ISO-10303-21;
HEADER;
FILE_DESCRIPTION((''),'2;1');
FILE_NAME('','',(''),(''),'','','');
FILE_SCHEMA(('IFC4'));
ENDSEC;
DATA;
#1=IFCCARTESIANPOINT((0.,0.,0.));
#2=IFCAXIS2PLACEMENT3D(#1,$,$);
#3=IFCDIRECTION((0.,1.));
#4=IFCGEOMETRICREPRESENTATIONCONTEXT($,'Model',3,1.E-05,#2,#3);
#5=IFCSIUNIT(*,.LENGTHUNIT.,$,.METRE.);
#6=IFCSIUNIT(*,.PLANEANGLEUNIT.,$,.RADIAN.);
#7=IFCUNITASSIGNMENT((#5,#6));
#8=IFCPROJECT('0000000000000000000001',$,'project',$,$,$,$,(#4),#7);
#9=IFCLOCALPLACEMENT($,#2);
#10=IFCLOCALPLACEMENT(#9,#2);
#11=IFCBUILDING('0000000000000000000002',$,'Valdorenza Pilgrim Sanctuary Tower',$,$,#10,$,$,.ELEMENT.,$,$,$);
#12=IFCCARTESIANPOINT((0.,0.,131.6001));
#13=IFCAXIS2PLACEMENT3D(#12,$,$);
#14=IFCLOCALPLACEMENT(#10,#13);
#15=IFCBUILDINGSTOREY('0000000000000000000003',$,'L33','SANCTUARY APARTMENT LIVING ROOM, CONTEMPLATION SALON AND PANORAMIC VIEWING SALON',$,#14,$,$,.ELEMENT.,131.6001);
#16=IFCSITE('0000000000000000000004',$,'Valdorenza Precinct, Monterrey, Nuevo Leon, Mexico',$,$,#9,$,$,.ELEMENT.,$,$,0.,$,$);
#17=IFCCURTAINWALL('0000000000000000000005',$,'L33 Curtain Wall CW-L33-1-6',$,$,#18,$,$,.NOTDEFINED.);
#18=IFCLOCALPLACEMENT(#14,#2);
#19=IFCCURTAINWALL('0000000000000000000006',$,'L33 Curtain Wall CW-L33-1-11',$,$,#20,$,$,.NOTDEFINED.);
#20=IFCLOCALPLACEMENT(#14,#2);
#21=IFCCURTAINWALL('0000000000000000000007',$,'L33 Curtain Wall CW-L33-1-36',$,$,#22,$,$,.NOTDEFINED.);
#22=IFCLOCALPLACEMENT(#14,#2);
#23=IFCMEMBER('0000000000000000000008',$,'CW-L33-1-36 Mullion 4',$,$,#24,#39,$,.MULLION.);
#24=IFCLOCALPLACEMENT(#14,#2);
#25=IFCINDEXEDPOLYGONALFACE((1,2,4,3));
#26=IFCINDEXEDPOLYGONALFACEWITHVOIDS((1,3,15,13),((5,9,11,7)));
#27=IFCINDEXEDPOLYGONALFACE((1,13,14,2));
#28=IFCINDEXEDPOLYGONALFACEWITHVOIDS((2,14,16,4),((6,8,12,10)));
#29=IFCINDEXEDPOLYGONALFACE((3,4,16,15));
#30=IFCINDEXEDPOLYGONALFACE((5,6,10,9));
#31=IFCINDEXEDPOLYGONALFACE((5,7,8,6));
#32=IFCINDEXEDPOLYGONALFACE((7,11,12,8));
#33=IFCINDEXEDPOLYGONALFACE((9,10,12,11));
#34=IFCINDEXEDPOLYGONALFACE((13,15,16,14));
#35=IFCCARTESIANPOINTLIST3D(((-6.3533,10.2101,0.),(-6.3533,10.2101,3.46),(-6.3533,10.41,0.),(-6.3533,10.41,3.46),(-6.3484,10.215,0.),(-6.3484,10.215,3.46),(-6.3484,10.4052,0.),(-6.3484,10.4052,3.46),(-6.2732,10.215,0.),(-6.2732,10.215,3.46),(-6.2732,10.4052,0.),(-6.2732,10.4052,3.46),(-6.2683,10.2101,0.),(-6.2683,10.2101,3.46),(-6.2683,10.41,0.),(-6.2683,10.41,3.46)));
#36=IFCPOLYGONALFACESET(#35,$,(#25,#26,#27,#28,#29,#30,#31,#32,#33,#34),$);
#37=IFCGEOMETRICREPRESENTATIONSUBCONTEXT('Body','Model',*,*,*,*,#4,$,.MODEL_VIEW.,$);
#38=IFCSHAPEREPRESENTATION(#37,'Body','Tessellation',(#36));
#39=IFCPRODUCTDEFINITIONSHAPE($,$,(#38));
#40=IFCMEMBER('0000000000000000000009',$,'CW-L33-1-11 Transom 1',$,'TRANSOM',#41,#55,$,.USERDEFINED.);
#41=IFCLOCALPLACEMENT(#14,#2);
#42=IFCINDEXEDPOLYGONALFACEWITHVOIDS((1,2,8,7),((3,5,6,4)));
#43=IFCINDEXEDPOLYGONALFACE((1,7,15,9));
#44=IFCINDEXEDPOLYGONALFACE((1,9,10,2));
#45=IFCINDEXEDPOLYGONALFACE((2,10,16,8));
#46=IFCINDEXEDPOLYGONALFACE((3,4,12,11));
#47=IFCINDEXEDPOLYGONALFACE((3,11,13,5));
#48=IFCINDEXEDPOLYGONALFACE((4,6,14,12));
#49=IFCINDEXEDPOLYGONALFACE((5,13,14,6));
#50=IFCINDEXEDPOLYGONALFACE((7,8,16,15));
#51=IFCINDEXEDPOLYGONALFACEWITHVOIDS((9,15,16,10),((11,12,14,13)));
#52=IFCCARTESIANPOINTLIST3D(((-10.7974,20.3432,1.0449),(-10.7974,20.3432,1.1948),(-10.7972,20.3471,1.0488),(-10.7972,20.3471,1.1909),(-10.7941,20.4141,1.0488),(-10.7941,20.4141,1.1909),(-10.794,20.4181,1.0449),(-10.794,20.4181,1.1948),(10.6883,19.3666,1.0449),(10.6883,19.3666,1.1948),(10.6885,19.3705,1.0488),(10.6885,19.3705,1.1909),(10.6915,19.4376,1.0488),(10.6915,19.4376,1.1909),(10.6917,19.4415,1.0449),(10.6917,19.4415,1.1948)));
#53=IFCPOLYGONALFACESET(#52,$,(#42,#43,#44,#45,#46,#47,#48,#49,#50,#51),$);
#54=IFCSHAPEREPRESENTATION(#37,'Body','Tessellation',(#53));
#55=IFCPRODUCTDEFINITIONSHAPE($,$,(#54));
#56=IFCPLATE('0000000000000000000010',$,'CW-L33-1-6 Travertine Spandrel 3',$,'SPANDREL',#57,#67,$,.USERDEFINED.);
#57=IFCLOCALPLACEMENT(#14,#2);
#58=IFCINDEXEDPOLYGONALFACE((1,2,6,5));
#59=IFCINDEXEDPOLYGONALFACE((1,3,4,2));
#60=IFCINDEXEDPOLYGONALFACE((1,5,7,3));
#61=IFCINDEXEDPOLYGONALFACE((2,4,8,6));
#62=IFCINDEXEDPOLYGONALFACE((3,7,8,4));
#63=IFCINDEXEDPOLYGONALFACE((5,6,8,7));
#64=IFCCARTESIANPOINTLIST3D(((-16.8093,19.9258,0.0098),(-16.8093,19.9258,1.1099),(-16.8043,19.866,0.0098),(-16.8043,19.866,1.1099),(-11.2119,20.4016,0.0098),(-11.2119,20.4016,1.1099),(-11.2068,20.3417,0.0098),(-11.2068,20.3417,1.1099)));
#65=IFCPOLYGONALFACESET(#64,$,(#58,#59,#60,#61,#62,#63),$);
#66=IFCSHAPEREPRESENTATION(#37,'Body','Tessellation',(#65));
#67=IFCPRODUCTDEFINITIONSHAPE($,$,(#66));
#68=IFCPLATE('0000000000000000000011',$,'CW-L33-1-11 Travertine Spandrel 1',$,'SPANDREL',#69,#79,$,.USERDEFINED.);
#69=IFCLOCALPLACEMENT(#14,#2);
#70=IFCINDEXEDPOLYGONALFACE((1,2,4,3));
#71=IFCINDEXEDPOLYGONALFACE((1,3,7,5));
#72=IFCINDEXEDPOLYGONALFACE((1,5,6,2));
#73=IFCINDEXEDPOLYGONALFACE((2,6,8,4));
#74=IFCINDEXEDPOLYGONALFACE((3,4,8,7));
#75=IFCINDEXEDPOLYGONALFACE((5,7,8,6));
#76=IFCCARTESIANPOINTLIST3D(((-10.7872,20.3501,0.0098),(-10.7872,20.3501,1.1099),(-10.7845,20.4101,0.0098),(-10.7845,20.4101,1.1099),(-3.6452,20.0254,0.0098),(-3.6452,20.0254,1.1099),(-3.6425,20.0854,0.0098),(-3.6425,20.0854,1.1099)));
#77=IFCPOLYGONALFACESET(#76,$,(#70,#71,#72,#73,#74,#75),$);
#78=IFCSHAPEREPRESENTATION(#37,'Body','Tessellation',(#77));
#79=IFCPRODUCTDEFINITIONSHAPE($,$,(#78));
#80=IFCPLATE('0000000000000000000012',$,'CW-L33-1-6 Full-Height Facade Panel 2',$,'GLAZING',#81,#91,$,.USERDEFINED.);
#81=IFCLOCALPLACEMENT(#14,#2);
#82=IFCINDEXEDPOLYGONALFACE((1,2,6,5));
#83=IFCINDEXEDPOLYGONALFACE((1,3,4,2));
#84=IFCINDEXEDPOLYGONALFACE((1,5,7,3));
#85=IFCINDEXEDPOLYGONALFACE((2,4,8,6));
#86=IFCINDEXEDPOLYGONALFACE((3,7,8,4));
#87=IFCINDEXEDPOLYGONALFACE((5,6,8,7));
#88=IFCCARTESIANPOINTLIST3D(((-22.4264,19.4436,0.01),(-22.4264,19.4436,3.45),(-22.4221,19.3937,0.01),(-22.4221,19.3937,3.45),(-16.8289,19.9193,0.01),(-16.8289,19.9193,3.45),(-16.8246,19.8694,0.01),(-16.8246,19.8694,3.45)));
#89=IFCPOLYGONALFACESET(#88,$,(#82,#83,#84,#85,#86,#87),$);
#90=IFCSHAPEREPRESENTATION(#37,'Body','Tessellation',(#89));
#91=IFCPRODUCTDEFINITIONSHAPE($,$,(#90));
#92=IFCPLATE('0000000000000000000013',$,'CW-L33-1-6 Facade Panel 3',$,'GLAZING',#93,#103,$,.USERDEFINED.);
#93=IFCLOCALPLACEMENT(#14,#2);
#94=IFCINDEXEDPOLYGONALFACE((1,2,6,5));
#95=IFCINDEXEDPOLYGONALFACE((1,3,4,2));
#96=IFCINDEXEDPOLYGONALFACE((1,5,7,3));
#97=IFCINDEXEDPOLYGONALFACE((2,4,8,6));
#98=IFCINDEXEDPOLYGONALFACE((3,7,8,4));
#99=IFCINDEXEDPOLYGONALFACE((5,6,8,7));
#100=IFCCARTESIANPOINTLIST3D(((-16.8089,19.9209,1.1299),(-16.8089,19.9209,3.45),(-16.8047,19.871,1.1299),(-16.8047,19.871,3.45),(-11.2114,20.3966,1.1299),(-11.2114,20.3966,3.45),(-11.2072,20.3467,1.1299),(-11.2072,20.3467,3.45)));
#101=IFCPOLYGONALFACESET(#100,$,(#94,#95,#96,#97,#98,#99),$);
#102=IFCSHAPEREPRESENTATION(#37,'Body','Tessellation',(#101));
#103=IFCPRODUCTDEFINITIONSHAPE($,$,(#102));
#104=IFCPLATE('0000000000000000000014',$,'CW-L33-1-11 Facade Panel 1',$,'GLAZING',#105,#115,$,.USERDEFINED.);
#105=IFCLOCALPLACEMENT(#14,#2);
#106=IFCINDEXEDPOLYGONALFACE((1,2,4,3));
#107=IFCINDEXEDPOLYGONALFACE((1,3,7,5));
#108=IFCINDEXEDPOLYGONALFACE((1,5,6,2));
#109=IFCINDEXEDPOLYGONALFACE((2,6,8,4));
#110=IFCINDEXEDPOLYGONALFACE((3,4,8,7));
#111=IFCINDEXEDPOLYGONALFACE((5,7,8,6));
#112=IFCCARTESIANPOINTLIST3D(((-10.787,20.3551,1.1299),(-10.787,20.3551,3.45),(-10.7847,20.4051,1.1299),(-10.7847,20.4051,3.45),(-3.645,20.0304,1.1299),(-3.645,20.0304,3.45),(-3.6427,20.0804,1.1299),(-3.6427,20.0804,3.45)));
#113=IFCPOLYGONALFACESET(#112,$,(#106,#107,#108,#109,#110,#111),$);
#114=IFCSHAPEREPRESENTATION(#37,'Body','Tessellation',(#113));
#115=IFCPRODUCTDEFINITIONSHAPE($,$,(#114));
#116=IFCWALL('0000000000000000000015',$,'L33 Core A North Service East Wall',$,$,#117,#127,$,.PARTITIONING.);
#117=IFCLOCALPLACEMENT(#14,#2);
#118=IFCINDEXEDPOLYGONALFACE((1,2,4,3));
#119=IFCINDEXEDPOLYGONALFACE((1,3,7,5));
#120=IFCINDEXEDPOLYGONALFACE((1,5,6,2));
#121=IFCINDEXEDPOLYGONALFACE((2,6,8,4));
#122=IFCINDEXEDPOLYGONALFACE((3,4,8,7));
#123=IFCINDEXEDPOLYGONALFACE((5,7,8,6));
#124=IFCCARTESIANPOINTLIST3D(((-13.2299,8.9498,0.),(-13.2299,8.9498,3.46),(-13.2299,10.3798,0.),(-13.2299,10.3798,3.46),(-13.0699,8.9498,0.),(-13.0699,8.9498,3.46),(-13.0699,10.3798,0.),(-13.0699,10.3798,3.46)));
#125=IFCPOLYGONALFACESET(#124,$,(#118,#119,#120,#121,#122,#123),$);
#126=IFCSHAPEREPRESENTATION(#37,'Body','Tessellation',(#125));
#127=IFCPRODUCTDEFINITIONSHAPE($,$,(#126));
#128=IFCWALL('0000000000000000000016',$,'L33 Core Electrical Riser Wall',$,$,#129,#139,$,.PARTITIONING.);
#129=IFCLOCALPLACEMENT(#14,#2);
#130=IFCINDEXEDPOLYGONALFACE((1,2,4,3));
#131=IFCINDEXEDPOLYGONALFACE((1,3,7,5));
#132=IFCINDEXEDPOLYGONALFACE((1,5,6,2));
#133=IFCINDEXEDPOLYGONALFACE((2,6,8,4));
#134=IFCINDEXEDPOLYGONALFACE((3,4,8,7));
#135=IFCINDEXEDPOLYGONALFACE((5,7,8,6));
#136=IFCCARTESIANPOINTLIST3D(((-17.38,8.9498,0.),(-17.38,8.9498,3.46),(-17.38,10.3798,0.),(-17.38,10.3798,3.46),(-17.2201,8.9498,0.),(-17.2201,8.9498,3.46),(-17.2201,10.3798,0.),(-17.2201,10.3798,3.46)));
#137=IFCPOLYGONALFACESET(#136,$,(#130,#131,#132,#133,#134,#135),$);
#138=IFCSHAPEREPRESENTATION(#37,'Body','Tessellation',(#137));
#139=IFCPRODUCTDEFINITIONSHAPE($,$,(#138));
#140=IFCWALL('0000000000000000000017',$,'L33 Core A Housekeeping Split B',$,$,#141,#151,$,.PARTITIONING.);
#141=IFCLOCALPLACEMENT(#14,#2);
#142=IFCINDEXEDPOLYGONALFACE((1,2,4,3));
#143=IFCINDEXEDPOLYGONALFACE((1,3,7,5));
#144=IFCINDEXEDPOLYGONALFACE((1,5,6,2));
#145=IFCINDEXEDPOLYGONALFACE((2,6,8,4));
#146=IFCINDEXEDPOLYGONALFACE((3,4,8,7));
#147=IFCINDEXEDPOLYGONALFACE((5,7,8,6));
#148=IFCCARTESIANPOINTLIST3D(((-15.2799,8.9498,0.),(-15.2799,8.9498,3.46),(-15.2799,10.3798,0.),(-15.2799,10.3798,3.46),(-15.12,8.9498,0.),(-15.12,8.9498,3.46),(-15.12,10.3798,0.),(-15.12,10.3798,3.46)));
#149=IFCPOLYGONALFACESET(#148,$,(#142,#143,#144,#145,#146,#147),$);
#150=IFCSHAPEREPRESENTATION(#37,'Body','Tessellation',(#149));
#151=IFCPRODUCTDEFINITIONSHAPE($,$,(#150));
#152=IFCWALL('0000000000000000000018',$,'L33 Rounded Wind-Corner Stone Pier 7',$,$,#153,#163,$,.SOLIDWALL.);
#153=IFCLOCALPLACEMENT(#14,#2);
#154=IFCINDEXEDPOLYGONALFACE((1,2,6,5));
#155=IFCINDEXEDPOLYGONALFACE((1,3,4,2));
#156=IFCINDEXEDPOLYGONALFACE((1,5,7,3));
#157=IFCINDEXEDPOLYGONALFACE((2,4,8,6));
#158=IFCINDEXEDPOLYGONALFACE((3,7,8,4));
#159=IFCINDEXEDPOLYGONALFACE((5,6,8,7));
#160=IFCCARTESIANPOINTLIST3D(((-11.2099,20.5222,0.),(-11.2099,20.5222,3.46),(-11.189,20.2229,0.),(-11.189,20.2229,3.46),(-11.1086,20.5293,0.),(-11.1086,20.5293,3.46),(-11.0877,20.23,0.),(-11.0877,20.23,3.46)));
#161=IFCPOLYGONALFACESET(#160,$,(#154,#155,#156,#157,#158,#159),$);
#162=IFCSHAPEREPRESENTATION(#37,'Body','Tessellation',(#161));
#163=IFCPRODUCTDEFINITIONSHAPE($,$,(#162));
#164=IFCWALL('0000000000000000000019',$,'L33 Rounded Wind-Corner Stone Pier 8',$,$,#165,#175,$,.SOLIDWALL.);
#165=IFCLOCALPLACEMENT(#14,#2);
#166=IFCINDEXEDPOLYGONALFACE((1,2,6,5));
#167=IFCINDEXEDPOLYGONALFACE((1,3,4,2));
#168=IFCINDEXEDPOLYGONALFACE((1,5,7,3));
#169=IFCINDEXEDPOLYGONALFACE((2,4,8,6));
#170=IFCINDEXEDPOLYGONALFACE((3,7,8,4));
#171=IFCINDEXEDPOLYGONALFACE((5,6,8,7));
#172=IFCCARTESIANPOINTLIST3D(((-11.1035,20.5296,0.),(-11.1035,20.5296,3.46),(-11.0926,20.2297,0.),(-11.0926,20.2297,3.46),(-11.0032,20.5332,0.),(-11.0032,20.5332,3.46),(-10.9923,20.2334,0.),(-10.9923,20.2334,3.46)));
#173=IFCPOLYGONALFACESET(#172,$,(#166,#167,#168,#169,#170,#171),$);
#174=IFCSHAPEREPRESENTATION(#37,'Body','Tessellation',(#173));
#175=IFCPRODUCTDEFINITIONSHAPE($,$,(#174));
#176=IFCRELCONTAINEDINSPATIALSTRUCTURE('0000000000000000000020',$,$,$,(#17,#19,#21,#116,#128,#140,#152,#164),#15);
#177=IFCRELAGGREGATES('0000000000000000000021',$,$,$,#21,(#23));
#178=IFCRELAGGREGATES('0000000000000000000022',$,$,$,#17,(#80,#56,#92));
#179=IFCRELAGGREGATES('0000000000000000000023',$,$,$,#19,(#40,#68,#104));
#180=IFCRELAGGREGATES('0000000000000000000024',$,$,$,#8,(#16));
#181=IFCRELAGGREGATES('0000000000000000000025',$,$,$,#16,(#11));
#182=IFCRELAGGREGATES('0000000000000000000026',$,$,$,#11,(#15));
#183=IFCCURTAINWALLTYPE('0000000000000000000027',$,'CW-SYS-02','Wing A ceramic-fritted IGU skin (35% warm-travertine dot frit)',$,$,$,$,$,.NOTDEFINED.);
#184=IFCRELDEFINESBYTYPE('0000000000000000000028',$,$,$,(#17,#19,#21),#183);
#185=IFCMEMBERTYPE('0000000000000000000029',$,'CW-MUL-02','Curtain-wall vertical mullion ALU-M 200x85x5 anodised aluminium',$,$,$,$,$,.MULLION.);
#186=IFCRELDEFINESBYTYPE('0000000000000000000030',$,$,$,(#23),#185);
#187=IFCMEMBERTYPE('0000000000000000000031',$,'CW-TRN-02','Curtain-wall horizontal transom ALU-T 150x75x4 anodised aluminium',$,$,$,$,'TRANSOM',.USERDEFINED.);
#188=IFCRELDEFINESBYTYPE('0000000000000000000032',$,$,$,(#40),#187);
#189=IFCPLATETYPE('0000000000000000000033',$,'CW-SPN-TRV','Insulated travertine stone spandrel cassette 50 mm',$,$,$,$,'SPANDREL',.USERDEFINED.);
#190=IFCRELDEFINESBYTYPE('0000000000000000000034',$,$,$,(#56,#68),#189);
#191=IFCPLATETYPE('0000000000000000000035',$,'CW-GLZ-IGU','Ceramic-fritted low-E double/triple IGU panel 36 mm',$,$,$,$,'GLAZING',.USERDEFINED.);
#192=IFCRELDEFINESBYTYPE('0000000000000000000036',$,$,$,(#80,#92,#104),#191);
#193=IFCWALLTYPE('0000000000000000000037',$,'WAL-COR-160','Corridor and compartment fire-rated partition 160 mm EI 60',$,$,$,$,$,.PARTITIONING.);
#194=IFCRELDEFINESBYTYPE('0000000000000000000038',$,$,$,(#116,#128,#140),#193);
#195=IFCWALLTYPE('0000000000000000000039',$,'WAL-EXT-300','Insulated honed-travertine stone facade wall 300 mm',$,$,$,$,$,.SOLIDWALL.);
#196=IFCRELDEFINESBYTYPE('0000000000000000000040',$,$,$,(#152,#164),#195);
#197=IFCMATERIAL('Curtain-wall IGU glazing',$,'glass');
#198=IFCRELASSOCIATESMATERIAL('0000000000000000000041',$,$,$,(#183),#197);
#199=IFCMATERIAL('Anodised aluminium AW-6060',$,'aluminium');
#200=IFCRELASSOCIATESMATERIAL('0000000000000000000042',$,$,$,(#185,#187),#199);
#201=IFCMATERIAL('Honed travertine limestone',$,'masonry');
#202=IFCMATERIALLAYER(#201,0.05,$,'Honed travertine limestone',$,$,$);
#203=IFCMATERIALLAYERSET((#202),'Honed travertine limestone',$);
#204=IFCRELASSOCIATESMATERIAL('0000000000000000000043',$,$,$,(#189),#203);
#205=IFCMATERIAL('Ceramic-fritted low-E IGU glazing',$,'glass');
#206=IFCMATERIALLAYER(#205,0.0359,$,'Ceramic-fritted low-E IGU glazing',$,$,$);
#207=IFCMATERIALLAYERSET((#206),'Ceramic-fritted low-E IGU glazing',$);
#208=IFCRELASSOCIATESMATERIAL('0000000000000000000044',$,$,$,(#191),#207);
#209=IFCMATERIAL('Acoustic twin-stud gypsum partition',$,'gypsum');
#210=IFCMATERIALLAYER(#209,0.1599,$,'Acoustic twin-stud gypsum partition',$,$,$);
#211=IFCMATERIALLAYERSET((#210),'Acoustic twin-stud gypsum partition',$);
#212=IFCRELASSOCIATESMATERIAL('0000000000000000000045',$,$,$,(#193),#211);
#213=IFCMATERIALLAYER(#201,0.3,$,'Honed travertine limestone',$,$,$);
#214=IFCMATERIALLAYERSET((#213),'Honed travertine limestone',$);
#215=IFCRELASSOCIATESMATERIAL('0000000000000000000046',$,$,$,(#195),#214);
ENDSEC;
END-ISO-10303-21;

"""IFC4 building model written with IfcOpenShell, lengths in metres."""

from ifc_helpers import new_model, si_unit, direction, frame, frame_2d, origin, origin_2d, place, context, subcontext, project, spatial, rectangle, hollow_rectangle, extrude, source, transform, mapped, material, layer, layer_set, material_profile, profile_set, type_object, element, aggregate, save


model = new_model("IFC4")

# Units and contexts
model_context = context("Model", 3, precision=1e-05, world=origin(), true_north=direction((0.0, 1.0)))
body_context = subcontext(model_context, "Body", "Model", "MODEL_VIEW")
ifc_project = project(units=[si_unit("LENGTHUNIT", "METRE"), si_unit("PLANEANGLEUNIT", "RADIAN")], contexts=[model_context])

# Site, building, storey
site_placement = place(None, origin())
site = spatial("IfcSite", under=ifc_project, at=site_placement, Name="Valdorenza Precinct, Monterrey, Nuevo Leon, Mexico", CompositionType="ELEMENT", RefElevation=0.0)
building_placement = place(site_placement, origin())
building = spatial("IfcBuilding", under=site, at=building_placement, Name="Valdorenza Pilgrim Sanctuary Tower", CompositionType="ELEMENT")
storey_placement = place(building_placement, frame((0.0, 0.0, 131.6001)))
storey = spatial("IfcBuildingStorey", under=building, at=storey_placement, Name="L33", Description="SANCTUARY APARTMENT LIVING ROOM, CONTEMPLATION SALON AND PANORAMIC VIEWING SALON", CompositionType="ELEMENT", Elevation=131.6001)

# Curtain wall
ifc_material_1 = material(Name="Curtain-wall IGU glazing", Category="glass")
curtain_wall_type = type_object("IfcCurtainWallType", Name="CW-SYS-02", Description="Wing A ceramic-fritted IGU skin (35% warm-travertine dot frit)", PredefinedType="NOTDEFINED", material=ifc_material_1)
curtain_wall_1_placement = place(storey_placement, origin())
curtain_wall_1 = element("IfcCurtainWall", 1, at=curtain_wall_1_placement, inside=storey, type_object=curtain_wall_type, Name="L33 Curtain Wall CW-L33-1-6", PredefinedType="NOTDEFINED")
ifc_material_2 = material(Name="Anodised aluminium AW-6060", Category="aluminium")
ifc_material_profile_1 = material_profile(ifc_material_2, hollow_rectangle(XDim=0.085, YDim=0.2, WallThickness=0.0049, at=origin_2d()), Name="ALU-M 200x85x5")
ifc_profile_set_1 = profile_set([ifc_material_profile_1], Name="Anodised aluminium AW-6060")
member_type_1 = type_object("IfcMemberType", Name="CW-MUL-02", Description="Curtain-wall vertical mullion ALU-M 200x85x5 anodised aluminium", PredefinedType="MULLION", material=ifc_profile_set_1)
shared_shape_1 = source(origin(), body_context, "Body", "SweptSolid", [
    extrude(hollow_rectangle(XDim=0.085, YDim=0.2, WallThickness=0.0049, at=origin_2d()), origin(), (0.0, 0.0, 1.0), 3.46),
])

# Curtain walls, member
curtain_wall_2_placement = place(storey_placement, origin())
curtain_wall_2 = element("IfcCurtainWall", 2, at=curtain_wall_2_placement, inside=storey, type_object=curtain_wall_type, Name="L33 Curtain Wall CW-L33-1-11", PredefinedType="NOTDEFINED")
curtain_wall_3_placement = place(storey_placement, origin())
curtain_wall_3 = element("IfcCurtainWall", 3, at=curtain_wall_3_placement, inside=storey, type_object=curtain_wall_type, Name="L33 Curtain Wall CW-L33-1-36", PredefinedType="NOTDEFINED")
member_1_placement = place(storey_placement, frame((-6.3108, 10.3101, 0.0), z_axis=(0.0, 0.0, 1.0), x_axis=(-1.0, 0.0, 0.0)))
member_1 = element("IfcMember", 4, at=member_1_placement, type_object=member_type_1, Name="CW-L33-1-36 Mullion 4", PredefinedType="MULLION", context=body_context, shape_type="MappedRepresentation", body=[
    mapped(shared_shape_1, transform((0.0, 0.0, 0.0), x_axis=(1.0, 0.0, 0.0), y_axis=(0.0, 1.0, 0.0), z_axis=(0.0, 0.0, 1.0), scale=1.0)),
])
aggregate(curtain_wall_3, [member_1])

# Member
ifc_material_profile_2 = material_profile(ifc_material_2, hollow_rectangle(XDim=0.075, YDim=0.1499, WallThickness=0.0039, at=origin_2d()), Name="ALU-T 150x75x4")
ifc_profile_set_2 = profile_set([ifc_material_profile_2], Name="Anodised aluminium AW-6060")
member_type_2 = type_object("IfcMemberType", Name="CW-TRN-02", Description="Curtain-wall horizontal transom ALU-T 150x75x4 anodised aluminium", ElementType="TRANSOM", PredefinedType="USERDEFINED", material=ifc_profile_set_2)
shared_shape_2 = source(origin(), body_context, "Body", "SweptSolid", [
    extrude(hollow_rectangle(XDim=0.075, YDim=0.1499, WallThickness=0.0039, at=origin_2d()), origin(), (0.0, 0.0, 1.0), 21.5078),
])
member_2_placement = place(storey_placement, frame((-10.7957, 20.3806, 1.1199), z_axis=(0.998969, -0.045405, 0.0), x_axis=(0.045405, 0.998969, 0.0)))
member_2 = element("IfcMember", 5, at=member_2_placement, type_object=member_type_2, Name="CW-L33-1-11 Transom 1", ObjectType="TRANSOM", PredefinedType="USERDEFINED", context=body_context, shape_type="MappedRepresentation", body=[
    mapped(shared_shape_2, transform((0.0, 0.0, 0.0), x_axis=(1.0, 0.0, 0.0), y_axis=(0.0, 1.0, 0.0), z_axis=(0.0, 0.0, 1.0), scale=1.0)),
])

# Plates
ifc_material_3 = material(Name="Honed travertine limestone", Category="masonry")
ifc_layer_1 = layer(ifc_material_3, 0.05, Name="Honed travertine limestone")
ifc_layer_set_1 = layer_set([ifc_layer_1], Name="Honed travertine limestone")
plate_type_1 = type_object("IfcPlateType", Name="CW-SPN-TRV", Description="Insulated travertine stone spandrel cassette 50 mm", ElementType="SPANDREL", PredefinedType="USERDEFINED", material=ifc_layer_set_1)
shared_shape_3 = source(origin(), body_context, "Body", "SweptSolid", [
    extrude(rectangle(XDim=5.6177, YDim=0.0601, at=origin_2d()), origin(), (0.0, 0.0, 1.0), 1.1001),
])
plate_1_placement = place(storey_placement, frame((-14.0081, 20.1338, 0.0098), z_axis=(0.0, 0.0, 1.0), x_axis=(0.996408, 0.084687, 0.0)))
plate_1 = element("IfcPlate", 6, at=plate_1_placement, type_object=plate_type_1, Name="CW-L33-1-6 Travertine Spandrel 3", ObjectType="SPANDREL", PredefinedType="USERDEFINED", context=body_context, shape_type="MappedRepresentation", body=[
    mapped(shared_shape_3, transform((0.0, 0.0, 0.0), x_axis=(1.0, 0.0, 0.0), y_axis=(0.0, 1.0, 0.0), z_axis=(0.0, 0.0, 1.0), scale=1.0)),
])
shared_shape_4 = source(origin(), body_context, "Body", "SweptSolid", [
    extrude(rectangle(XDim=7.1494, YDim=0.0601, at=origin_2d()), origin(), (0.0, 0.0, 1.0), 1.1001),
])
plate_2_placement = place(storey_placement, frame((-7.2148, 20.2178, 0.0098), z_axis=(0.0, 0.0, 1.0), x_axis=(0.998968, -0.045415, 0.0)))
plate_2 = element("IfcPlate", 7, at=plate_2_placement, type_object=plate_type_1, Name="CW-L33-1-11 Travertine Spandrel 1", ObjectType="SPANDREL", PredefinedType="USERDEFINED", context=body_context, shape_type="MappedRepresentation", body=[
    mapped(shared_shape_4, transform((0.0, 0.0, 0.0), x_axis=(1.0, 0.0, 0.0), y_axis=(0.0, 1.0, 0.0), z_axis=(0.0, 0.0, 1.0), scale=1.0)),
])
ifc_material_4 = material(Name="Ceramic-fritted low-E IGU glazing", Category="glass")
ifc_layer_2 = layer(ifc_material_4, 0.0359, Name="Ceramic-fritted low-E IGU glazing")
ifc_layer_set_2 = layer_set([ifc_layer_2], Name="Ceramic-fritted low-E IGU glazing")
plate_type_2 = type_object("IfcPlateType", Name="CW-GLZ-IGU", Description="Ceramic-fritted low-E double/triple IGU panel 36 mm", ElementType="GLAZING", PredefinedType="USERDEFINED", material=ifc_layer_set_2)
shared_shape_5 = source(origin(), body_context, "Body", "SweptSolid", [
    extrude(rectangle(XDim=5.6177, YDim=0.05, at=origin_2d()), origin(), (0.0, 0.0, 1.0), 3.4399),
])
plate_3_placement = place(storey_placement, frame((-19.6255, 19.6565, 0.01), z_axis=(0.0, 0.0, 1.0), x_axis=(0.996408, 0.084687, 0.0)))
plate_3 = element("IfcPlate", 8, at=plate_3_placement, type_object=plate_type_2, Name="CW-L33-1-6 Full-Height Facade Panel 2", ObjectType="GLAZING", PredefinedType="USERDEFINED", context=body_context, shape_type="MappedRepresentation", body=[
    mapped(shared_shape_5, transform((0.0, 0.0, 0.0), x_axis=(1.0, 0.0, 0.0), y_axis=(0.0, 1.0, 0.0), z_axis=(0.0, 0.0, 1.0), scale=1.0)),
])
shared_shape_6 = source(origin(), body_context, "Body", "SweptSolid", [
    extrude(rectangle(XDim=5.6177, YDim=0.05, at=origin_2d()), origin(), (0.0, 0.0, 1.0), 2.3201),
])
plate_4_placement = place(storey_placement, frame((-14.0081, 20.1338, 1.1299), z_axis=(0.0, 0.0, 1.0), x_axis=(0.996408, 0.084687, 0.0)))
plate_4 = element("IfcPlate", 9, at=plate_4_placement, type_object=plate_type_2, Name="CW-L33-1-6 Facade Panel 3", ObjectType="GLAZING", PredefinedType="USERDEFINED", context=body_context, shape_type="MappedRepresentation", body=[
    mapped(shared_shape_6, transform((0.0, 0.0, 0.0), x_axis=(1.0, 0.0, 0.0), y_axis=(0.0, 1.0, 0.0), z_axis=(0.0, 0.0, 1.0), scale=1.0)),
])
aggregate(curtain_wall_1, [plate_3, plate_1, plate_4])
shared_shape_7 = source(origin(), body_context, "Body", "SweptSolid", [
    extrude(rectangle(XDim=7.1494, YDim=0.05, at=origin_2d()), origin(), (0.0, 0.0, 1.0), 2.3201),
])
plate_5_placement = place(storey_placement, frame((-7.2148, 20.2178, 1.1299), z_axis=(0.0, 0.0, 1.0), x_axis=(0.998968, -0.045415, 0.0)))
plate_5 = element("IfcPlate", 10, at=plate_5_placement, type_object=plate_type_2, Name="CW-L33-1-11 Facade Panel 1", ObjectType="GLAZING", PredefinedType="USERDEFINED", context=body_context, shape_type="MappedRepresentation", body=[
    mapped(shared_shape_7, transform((0.0, 0.0, 0.0), x_axis=(1.0, 0.0, 0.0), y_axis=(0.0, 1.0, 0.0), z_axis=(0.0, 0.0, 1.0), scale=1.0)),
])
aggregate(curtain_wall_2, [member_2, plate_2, plate_5])

# Walls
ifc_material_5 = material(Name="Acoustic twin-stud gypsum partition", Category="gypsum")
ifc_layer_3 = layer(ifc_material_5, 0.1599, Name="Acoustic twin-stud gypsum partition")
ifc_layer_set_3 = layer_set([ifc_layer_3], Name="Acoustic twin-stud gypsum partition")
wall_type_1 = type_object("IfcWallType", Name="WAL-COR-160", Description="Corridor and compartment fire-rated partition 160 mm EI 60", PredefinedType="PARTITIONING", material=ifc_layer_set_3)
for number, where, z_axis, x_axis, name in (
    (11, (-13.1499, 8.95, 0.0), (0.0, 0.0, 1.0), (0.0, 1.0, 0.0), "L33 Core A North Service East Wall"),
    (12, (-17.3, 8.95, 0.0), (0.0, 0.0, 1.0), (0.0, 1.0, 0.0), "L33 Core Electrical Riser Wall"),
    (13, (-15.2, 8.95, 0.0), (0.0, 0.0, 1.0), (0.0, 1.0, 0.0), "L33 Core A Housekeeping Split B"),
):
    element("IfcWall", number, at=place(storey_placement, frame(where, z_axis=z_axis, x_axis=x_axis)), inside=storey, type_object=wall_type_1, Name=name, PredefinedType="PARTITIONING", context=body_context, shape_type="SweptSolid", body=[
        extrude(rectangle(XDim=1.4299, YDim=0.1599, at=frame_2d((0.7148, 0.0))), origin(), (0.0, 0.0, 1.0), 3.46),
    ])
ifc_layer_4 = layer(ifc_material_3, 0.3, Name="Honed travertine limestone")
ifc_layer_set_4 = layer_set([ifc_layer_4], Name="Honed travertine limestone")
wall_type_2 = type_object("IfcWallType", Name="WAL-EXT-300", Description="Insulated honed-travertine stone facade wall 300 mm", PredefinedType="SOLIDWALL", material=ifc_layer_set_4)
wall_1_placement = place(storey_placement, frame((-11.1995, 20.3726, 0.0), z_axis=(0.0, 0.0, 1.0), x_axis=(0.997567, 0.06971, 0.0)))
element("IfcWall", 14, at=wall_1_placement, inside=storey, type_object=wall_type_2, Name="L33 Rounded Wind-Corner Stone Pier 7", PredefinedType="SOLIDWALL", context=body_context, shape_type="SweptSolid", body=[
    extrude(rectangle(XDim=0.1016, YDim=0.3, at=frame_2d((0.0508, 0.0))), origin(), (0.0, 0.0, 1.0), 3.46),
])
wall_2_placement = place(storey_placement, frame((-11.0981, 20.3796, 0.0), z_axis=(0.0, 0.0, 1.0), x_axis=(0.999335, 0.036472, 0.0)))
element("IfcWall", 15, at=wall_2_placement, inside=storey, type_object=wall_type_2, Name="L33 Rounded Wind-Corner Stone Pier 8", PredefinedType="SOLIDWALL", context=body_context, shape_type="SweptSolid", body=[
    extrude(rectangle(XDim=0.1003, YDim=0.3, at=frame_2d((0.0503, 0.0))), origin(), (0.0, 0.0, 1.0), 3.46),
])

save(model, "model.ifc")
